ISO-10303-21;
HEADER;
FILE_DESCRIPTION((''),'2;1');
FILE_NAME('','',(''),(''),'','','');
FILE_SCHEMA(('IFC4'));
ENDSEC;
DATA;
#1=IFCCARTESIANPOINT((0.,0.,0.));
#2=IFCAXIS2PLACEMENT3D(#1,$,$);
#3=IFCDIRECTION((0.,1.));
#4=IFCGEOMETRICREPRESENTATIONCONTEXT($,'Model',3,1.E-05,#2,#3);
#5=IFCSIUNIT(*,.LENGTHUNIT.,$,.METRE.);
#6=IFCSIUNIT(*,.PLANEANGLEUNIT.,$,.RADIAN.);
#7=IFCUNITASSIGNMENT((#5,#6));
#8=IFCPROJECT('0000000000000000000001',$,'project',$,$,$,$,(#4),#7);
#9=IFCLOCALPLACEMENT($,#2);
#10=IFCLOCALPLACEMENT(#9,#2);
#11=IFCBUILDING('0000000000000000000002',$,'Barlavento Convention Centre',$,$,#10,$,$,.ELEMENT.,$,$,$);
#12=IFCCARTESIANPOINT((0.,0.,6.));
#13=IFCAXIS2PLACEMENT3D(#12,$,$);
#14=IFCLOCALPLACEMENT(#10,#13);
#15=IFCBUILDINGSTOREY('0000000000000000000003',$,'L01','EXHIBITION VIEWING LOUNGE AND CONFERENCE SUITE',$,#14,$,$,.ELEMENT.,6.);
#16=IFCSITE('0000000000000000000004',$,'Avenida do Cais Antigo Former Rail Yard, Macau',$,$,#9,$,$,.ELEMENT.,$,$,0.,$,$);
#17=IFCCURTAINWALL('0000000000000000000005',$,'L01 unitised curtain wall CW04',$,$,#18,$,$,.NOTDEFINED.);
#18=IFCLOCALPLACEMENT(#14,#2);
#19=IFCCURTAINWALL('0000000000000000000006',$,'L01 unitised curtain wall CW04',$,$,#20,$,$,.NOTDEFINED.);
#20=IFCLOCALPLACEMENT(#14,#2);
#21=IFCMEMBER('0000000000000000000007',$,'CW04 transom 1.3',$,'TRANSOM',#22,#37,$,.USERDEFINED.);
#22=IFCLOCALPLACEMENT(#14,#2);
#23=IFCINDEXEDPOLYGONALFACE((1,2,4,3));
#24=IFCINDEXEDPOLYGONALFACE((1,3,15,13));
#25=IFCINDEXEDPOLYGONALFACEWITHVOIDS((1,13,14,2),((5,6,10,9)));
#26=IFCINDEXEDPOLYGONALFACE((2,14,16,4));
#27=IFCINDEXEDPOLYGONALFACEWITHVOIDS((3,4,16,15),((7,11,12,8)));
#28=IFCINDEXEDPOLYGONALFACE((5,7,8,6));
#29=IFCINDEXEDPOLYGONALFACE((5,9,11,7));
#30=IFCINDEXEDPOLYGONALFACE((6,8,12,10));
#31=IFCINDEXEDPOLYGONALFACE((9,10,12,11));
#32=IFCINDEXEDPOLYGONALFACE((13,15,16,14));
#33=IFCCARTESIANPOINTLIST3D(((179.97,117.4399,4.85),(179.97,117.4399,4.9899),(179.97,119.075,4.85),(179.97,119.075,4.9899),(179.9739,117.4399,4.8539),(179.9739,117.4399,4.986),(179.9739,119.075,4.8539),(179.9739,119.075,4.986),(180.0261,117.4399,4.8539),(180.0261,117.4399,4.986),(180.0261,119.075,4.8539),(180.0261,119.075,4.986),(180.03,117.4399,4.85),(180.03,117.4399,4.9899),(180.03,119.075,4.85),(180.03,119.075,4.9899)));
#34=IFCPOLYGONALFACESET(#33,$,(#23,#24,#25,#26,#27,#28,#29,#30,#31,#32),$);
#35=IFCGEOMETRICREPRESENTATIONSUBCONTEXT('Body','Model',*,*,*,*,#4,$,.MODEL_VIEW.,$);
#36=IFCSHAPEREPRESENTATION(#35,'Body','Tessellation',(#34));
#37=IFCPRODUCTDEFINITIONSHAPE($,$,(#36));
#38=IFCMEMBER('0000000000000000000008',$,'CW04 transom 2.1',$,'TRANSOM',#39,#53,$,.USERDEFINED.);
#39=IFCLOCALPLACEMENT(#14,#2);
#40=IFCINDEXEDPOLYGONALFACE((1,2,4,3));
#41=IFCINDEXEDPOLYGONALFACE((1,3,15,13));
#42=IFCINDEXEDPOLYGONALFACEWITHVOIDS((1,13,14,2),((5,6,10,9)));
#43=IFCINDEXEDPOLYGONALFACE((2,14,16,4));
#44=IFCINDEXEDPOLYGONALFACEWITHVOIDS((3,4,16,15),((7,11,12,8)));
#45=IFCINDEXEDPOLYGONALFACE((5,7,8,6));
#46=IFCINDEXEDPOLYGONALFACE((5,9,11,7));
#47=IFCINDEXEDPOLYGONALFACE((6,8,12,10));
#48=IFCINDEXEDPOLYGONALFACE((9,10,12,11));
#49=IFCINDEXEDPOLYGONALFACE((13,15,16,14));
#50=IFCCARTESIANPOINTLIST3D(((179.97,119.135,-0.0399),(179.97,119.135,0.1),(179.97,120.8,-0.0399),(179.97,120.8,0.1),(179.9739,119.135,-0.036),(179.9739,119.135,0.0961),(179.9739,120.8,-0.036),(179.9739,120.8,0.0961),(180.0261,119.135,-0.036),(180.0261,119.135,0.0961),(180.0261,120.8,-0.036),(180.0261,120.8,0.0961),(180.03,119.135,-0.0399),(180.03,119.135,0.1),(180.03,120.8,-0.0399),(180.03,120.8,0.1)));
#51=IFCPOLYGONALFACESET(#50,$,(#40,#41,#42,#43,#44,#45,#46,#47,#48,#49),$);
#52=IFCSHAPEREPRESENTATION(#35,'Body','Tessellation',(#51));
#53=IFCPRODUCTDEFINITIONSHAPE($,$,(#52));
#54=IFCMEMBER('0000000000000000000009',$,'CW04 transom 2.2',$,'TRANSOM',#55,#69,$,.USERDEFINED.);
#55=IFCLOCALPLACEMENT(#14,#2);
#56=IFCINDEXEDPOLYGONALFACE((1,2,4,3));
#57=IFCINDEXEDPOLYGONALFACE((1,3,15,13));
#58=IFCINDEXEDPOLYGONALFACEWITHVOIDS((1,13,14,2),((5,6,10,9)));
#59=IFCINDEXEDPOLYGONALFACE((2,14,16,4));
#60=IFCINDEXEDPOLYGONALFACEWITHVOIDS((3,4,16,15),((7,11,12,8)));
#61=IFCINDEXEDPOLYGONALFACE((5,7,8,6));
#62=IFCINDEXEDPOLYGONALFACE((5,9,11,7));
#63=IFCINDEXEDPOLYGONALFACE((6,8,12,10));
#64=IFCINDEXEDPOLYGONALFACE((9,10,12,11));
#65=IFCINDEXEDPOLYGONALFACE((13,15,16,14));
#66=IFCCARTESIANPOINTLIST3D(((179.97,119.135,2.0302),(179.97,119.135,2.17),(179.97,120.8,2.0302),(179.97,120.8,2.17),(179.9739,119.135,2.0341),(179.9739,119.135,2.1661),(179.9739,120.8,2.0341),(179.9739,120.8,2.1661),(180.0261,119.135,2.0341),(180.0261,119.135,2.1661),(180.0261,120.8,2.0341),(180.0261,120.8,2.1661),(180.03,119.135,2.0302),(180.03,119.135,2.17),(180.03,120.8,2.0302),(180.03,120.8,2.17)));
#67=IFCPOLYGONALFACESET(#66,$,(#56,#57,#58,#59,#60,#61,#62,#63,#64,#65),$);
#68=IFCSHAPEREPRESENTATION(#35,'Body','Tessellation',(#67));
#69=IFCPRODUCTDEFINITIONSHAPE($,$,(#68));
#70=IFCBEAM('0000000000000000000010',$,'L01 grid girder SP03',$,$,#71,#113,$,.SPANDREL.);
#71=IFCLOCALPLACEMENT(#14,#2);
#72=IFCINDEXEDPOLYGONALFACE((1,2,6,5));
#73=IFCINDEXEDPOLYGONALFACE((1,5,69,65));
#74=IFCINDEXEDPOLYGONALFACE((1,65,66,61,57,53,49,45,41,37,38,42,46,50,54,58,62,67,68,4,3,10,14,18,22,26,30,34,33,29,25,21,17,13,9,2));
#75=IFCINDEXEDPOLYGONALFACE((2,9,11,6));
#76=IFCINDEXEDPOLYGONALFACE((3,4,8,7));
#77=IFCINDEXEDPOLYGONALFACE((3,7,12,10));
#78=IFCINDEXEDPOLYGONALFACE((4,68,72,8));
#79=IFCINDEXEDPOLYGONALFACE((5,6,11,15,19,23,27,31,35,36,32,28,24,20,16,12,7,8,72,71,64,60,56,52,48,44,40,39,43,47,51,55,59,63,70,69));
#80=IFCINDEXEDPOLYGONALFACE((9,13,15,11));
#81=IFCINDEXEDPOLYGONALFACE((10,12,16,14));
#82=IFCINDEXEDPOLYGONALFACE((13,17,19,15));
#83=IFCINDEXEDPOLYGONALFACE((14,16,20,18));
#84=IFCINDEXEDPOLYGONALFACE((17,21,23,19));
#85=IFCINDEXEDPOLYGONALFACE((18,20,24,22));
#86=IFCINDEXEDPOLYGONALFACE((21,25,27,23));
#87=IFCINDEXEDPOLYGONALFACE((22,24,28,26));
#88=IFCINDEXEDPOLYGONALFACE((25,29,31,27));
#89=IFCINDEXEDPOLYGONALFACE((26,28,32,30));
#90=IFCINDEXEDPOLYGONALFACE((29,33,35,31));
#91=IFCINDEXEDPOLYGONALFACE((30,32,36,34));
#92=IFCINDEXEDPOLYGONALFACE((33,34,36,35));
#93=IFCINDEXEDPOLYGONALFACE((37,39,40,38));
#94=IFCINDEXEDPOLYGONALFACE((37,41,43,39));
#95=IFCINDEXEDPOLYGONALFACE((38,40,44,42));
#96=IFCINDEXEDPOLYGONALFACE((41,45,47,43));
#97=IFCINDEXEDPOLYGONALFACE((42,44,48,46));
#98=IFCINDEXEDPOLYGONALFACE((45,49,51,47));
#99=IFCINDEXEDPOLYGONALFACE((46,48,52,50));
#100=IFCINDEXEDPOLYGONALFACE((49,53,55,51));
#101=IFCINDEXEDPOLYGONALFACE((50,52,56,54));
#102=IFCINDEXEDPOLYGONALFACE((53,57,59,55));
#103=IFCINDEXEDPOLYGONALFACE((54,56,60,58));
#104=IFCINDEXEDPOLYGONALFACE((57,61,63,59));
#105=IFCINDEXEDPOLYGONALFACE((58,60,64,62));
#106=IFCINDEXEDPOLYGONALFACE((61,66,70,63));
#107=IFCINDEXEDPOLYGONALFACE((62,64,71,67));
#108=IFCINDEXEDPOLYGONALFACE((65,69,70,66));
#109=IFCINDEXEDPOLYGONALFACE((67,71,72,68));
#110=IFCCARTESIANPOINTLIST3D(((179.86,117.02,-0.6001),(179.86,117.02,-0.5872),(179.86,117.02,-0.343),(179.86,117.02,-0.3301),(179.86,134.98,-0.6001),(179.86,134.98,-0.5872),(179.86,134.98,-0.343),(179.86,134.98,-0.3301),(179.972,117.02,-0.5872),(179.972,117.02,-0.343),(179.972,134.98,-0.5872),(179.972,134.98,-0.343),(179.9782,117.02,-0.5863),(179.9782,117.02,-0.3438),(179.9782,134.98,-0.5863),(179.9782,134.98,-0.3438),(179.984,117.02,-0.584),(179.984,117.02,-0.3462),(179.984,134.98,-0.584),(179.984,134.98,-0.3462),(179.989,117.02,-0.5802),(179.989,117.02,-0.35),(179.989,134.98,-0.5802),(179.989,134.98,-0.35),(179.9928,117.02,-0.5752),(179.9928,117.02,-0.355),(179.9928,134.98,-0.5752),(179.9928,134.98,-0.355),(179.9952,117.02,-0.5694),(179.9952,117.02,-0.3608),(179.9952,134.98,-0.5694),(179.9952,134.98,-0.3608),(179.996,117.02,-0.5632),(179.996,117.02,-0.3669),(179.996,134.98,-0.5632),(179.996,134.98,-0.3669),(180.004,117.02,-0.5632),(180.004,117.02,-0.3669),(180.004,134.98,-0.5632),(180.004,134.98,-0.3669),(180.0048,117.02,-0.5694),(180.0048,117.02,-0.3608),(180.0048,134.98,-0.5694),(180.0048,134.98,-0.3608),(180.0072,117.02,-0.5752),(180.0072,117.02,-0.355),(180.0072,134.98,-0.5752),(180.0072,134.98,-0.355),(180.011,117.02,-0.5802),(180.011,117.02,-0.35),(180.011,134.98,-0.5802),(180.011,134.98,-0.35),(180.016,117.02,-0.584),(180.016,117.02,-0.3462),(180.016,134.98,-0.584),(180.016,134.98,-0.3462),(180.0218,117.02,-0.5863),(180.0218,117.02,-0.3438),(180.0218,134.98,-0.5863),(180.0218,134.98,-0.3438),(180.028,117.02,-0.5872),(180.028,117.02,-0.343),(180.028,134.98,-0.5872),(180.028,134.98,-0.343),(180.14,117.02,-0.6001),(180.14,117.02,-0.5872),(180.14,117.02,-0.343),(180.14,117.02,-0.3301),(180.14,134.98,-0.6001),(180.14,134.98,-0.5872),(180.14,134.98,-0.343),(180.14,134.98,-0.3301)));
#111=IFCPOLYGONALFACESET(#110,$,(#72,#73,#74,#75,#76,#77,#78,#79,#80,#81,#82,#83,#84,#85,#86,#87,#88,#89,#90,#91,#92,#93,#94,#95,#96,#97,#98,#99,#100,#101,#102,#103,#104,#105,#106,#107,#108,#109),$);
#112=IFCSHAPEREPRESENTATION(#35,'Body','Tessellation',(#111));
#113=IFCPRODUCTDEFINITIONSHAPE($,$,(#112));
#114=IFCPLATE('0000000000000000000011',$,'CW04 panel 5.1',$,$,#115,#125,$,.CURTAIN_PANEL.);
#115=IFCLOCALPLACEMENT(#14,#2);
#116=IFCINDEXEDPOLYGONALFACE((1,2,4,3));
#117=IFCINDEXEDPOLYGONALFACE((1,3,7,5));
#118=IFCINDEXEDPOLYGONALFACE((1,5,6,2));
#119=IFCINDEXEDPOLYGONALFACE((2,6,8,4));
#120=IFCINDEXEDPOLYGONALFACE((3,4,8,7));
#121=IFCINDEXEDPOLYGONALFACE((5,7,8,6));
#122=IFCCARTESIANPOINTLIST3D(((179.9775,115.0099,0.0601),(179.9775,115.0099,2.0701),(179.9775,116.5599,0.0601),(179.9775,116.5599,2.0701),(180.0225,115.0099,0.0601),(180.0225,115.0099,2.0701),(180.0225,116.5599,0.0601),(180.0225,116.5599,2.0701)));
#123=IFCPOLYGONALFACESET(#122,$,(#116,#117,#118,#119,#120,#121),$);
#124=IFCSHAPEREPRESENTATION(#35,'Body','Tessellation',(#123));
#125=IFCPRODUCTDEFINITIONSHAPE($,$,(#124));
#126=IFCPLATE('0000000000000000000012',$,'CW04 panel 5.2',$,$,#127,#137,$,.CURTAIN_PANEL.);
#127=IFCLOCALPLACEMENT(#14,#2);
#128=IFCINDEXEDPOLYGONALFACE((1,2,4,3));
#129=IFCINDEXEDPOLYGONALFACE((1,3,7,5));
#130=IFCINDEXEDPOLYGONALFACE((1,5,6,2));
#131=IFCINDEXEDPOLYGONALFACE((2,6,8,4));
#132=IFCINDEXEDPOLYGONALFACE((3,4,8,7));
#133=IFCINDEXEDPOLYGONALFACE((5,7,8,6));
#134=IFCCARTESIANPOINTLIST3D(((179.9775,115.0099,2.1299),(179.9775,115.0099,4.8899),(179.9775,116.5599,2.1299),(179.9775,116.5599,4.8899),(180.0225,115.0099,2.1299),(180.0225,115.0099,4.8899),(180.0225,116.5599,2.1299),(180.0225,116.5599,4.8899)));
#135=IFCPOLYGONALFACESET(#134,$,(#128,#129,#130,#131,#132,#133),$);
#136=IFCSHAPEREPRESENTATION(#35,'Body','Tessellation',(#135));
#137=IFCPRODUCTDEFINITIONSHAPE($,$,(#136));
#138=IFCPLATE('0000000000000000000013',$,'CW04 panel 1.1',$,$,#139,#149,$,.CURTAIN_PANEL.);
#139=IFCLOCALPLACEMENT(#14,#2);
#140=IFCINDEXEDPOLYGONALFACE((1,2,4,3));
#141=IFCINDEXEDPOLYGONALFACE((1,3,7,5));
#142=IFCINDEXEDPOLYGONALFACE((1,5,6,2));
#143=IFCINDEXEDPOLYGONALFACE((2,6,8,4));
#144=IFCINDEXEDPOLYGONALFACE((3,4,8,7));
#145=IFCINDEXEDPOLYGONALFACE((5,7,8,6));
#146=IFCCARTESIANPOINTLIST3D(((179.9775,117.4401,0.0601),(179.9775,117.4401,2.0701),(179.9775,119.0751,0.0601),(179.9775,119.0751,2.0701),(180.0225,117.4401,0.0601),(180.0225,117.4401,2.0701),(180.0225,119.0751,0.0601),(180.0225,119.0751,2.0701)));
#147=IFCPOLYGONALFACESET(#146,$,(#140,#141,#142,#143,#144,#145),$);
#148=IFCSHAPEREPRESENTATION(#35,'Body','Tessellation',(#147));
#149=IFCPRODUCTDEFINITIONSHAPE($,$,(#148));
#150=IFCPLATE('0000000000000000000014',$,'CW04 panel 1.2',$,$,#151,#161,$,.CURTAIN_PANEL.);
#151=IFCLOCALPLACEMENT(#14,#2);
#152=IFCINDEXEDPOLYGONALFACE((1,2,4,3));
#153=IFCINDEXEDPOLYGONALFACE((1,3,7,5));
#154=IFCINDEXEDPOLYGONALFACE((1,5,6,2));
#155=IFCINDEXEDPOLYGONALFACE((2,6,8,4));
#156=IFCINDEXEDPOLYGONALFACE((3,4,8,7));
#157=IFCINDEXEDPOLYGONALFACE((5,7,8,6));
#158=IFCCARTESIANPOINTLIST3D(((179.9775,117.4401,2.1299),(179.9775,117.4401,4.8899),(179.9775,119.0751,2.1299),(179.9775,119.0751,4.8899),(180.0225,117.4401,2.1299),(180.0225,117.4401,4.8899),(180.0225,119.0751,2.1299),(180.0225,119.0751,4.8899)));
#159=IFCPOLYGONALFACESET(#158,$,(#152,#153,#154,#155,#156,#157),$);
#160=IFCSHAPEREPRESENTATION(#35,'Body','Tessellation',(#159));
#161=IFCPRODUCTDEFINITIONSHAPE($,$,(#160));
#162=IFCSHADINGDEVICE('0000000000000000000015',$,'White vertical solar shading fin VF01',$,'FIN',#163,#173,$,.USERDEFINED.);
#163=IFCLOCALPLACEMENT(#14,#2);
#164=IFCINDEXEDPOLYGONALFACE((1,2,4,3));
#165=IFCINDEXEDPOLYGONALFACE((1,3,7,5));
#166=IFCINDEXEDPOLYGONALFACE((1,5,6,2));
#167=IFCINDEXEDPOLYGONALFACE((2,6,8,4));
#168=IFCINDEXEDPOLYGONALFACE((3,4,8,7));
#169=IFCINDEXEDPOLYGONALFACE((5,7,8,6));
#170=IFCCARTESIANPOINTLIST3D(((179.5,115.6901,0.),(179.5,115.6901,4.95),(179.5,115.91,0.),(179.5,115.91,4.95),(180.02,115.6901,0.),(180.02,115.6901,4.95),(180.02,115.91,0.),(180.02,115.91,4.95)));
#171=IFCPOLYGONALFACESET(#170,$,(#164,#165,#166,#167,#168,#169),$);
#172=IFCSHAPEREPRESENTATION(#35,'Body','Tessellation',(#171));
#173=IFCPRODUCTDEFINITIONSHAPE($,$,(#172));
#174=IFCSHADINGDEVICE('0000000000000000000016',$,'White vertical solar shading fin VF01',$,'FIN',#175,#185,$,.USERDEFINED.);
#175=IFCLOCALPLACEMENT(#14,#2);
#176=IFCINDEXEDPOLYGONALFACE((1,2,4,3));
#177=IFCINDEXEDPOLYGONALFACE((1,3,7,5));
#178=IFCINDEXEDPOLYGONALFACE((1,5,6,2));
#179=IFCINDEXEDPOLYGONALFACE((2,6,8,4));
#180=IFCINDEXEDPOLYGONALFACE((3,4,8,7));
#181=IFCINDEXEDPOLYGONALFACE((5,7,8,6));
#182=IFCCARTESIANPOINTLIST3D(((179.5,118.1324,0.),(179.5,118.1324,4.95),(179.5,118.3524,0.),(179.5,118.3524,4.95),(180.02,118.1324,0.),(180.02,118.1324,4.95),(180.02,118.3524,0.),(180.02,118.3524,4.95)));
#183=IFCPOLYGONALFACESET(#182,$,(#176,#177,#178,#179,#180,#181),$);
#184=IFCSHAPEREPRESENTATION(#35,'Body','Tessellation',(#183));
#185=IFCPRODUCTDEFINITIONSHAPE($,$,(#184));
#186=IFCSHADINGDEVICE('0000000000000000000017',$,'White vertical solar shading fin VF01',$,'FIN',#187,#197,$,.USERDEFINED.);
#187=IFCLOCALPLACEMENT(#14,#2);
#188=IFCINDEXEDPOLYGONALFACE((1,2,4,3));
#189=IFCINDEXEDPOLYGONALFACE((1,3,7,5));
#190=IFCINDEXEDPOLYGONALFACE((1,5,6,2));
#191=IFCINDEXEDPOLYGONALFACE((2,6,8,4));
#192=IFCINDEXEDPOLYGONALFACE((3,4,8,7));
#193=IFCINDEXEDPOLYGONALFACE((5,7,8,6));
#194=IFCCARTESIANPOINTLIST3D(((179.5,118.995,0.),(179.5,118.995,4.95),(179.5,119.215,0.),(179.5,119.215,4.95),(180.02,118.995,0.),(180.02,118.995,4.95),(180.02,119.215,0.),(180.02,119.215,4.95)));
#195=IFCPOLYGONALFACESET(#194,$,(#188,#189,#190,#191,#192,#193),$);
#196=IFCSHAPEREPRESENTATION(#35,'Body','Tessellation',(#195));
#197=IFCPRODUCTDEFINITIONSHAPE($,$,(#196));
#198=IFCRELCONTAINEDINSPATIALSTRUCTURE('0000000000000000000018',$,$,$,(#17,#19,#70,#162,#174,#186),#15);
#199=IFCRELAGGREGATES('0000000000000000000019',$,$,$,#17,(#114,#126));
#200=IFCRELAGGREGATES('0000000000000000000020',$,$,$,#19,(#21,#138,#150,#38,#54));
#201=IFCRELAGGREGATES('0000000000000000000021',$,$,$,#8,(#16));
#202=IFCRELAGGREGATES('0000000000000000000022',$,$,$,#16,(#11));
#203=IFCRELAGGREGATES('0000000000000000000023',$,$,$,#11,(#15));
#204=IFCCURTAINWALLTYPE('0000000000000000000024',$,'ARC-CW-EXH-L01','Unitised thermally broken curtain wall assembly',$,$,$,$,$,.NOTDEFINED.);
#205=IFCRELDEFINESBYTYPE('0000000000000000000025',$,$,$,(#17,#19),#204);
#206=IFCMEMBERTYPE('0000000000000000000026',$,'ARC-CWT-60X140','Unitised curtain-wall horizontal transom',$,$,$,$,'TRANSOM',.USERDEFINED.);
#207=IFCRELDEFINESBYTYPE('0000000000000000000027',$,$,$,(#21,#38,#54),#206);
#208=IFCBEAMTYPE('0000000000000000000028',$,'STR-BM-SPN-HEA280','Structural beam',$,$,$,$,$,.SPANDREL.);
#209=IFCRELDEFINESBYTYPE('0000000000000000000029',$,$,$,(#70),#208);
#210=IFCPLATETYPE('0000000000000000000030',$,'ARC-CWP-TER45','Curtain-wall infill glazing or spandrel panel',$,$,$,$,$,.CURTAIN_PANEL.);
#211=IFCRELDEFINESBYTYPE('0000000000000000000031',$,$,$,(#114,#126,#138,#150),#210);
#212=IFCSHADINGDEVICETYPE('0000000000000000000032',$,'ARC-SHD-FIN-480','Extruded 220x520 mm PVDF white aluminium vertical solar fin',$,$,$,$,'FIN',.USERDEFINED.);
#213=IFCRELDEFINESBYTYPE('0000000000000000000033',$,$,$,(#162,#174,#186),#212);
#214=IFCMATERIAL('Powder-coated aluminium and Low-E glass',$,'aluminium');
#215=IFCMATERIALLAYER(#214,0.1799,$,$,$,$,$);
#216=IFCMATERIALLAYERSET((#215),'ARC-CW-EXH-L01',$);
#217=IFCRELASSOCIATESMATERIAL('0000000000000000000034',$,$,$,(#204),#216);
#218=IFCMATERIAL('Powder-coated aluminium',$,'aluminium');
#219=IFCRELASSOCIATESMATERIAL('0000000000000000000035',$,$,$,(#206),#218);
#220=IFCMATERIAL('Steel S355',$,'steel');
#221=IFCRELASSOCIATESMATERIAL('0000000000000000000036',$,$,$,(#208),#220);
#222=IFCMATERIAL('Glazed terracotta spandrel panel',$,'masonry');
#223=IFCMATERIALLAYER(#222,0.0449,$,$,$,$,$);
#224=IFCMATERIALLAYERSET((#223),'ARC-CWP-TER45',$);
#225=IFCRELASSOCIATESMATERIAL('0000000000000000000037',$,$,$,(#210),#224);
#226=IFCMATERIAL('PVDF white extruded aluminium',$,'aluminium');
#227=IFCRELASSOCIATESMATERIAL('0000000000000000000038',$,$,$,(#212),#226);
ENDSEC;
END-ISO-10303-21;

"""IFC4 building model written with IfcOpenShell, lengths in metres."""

from ifc_helpers import new_model, si_unit, direction, frame, origin, origin_2d, place, context, subcontext, project, spatial, rectangle, hollow_rectangle, i_section, extrude, material, layer, layer_set, material_profile, profile_set, type_object, element, aggregate, save


model = new_model("IFC4")

# Units and contexts
model_context = context("Model", 3, precision=1e-05, world=origin(), true_north=direction((0.0, 1.0)))
body_context = subcontext(model_context, "Body", "Model", "MODEL_VIEW")
ifc_project = project(units=[si_unit("LENGTHUNIT", "METRE"), si_unit("PLANEANGLEUNIT", "RADIAN")], contexts=[model_context])

# Site, building, storey
site_placement = place(None, origin())
site = spatial("IfcSite", under=ifc_project, at=site_placement, Name="Avenida do Cais Antigo Former Rail Yard, Macau", CompositionType="ELEMENT", RefElevation=0.0)
building_placement = place(site_placement, origin())
building = spatial("IfcBuilding", under=site, at=building_placement, Name="Barlavento Convention Centre", CompositionType="ELEMENT")
storey_placement = place(building_placement, frame((0.0, 0.0, 6.0)))
storey = spatial("IfcBuildingStorey", under=building, at=storey_placement, Name="L01", Description="EXHIBITION VIEWING LOUNGE AND CONFERENCE SUITE", CompositionType="ELEMENT", Elevation=6.0)

# Shared definitions
ifc_material_1 = material(Name="Steel S355", Category="steel")

# Curtain wall
ifc_material_2 = material(Name="Powder-coated aluminium and Low-E glass", Category="aluminium")
ifc_layer_1 = layer(ifc_material_2, 0.1799)
ifc_layer_set_1 = layer_set([ifc_layer_1], Name="ARC-CW-EXH-L01")
curtain_wall_type = type_object("IfcCurtainWallType", Name="ARC-CW-EXH-L01", Description="Unitised thermally broken curtain wall assembly", PredefinedType="NOTDEFINED", material=ifc_layer_set_1)
curtain_wall_1_placement = place(storey_placement, origin())
curtain_wall_1 = element("IfcCurtainWall", 1, at=curtain_wall_1_placement, inside=storey, type_object=curtain_wall_type, Name="L01 unitised curtain wall CW04", PredefinedType="NOTDEFINED")
ifc_material_3 = material(Name="Powder-coated aluminium", Category="aluminium")

# Curtain wall
curtain_wall_2_placement = place(storey_placement, origin())
curtain_wall_2 = element("IfcCurtainWall", 2, at=curtain_wall_2_placement, inside=storey, type_object=curtain_wall_type, Name="L01 unitised curtain wall CW04", PredefinedType="NOTDEFINED")

# Members
ifc_material_profile_1 = material_profile(ifc_material_3, hollow_rectangle(XDim=0.0601, YDim=0.1399, WallThickness=0.0039, at=origin_2d()), Name="AL-TRAN 60x140x4")
ifc_profile_set_1 = profile_set([ifc_material_profile_1], Name="Powder-coated aluminium")
member_type_1 = type_object("IfcMemberType", Name="ARC-CWT-60X140", Description="Unitised curtain-wall horizontal transom", ElementType="TRANSOM", PredefinedType="USERDEFINED", material=ifc_profile_set_1)
member_1_placement = place(storey_placement, frame((180.0, 117.4399, 4.9199), z_axis=(0.0, 1.0, 0.0), x_axis=(-1.0, 0.0, 0.0)))
member_1 = element("IfcMember", 3, at=member_1_placement, type_object=member_type_1, Name="CW04 transom 1.3", ObjectType="TRANSOM", PredefinedType="USERDEFINED", context=body_context, shape_type="SweptSolid", body=[
    extrude(hollow_rectangle(XDim=0.0601, YDim=0.1399, WallThickness=0.0039, at=origin_2d()), origin(), (0.0, 0.0, 1.0), 1.635),
])
member_2_placement = place(storey_placement, frame((180.0, 119.135, 0.03), z_axis=(0.0, 1.0, 0.0), x_axis=(-1.0, 0.0, 0.0)))
member_2 = element("IfcMember", 4, at=member_2_placement, type_object=member_type_1, Name="CW04 transom 2.1", ObjectType="TRANSOM", PredefinedType="USERDEFINED", context=body_context, shape_type="SweptSolid", body=[
    extrude(hollow_rectangle(XDim=0.0601, YDim=0.1399, WallThickness=0.0039, at=origin_2d()), origin(), (0.0, 0.0, 1.0), 1.665),
])
member_3_placement = place(storey_placement, frame((180.0, 119.135, 2.1001), z_axis=(0.0, 1.0, 0.0), x_axis=(-1.0, 0.0, 0.0)))
member_3 = element("IfcMember", 5, at=member_3_placement, type_object=member_type_1, Name="CW04 transom 2.2", ObjectType="TRANSOM", PredefinedType="USERDEFINED", context=body_context, shape_type="SweptSolid", body=[
    extrude(hollow_rectangle(XDim=0.0601, YDim=0.1399, WallThickness=0.0039, at=origin_2d()), origin(), (0.0, 0.0, 1.0), 1.665),
])

# Beam
ifc_material_profile_2 = material_profile(ifc_material_1, i_section(OverallWidth=0.28, OverallDepth=0.27, WebThickness=0.0081, FlangeThickness=0.0129, FilletRadius=0.0239, at=origin_2d()), Name="HEA 280")
ifc_profile_set_2 = profile_set([ifc_material_profile_2], Name="Steel S355")
beam_type = type_object("IfcBeamType", Name="STR-BM-SPN-HEA280", Description="Structural beam", PredefinedType="SPANDREL", material=ifc_profile_set_2)
beam_placement = place(storey_placement, frame((180.0, 117.02, -0.4651), z_axis=(0.0, 1.0, 0.0), x_axis=(-1.0, 0.0, 0.0)))
element("IfcBeam", 6, at=beam_placement, inside=storey, type_object=beam_type, Name="L01 grid girder SP03", PredefinedType="SPANDREL", context=body_context, shape_type="SweptSolid", body=[
    extrude(i_section(OverallWidth=0.28, OverallDepth=0.27, WebThickness=0.0081, FlangeThickness=0.0129, FilletRadius=0.0239, at=origin_2d()), origin(), (0.0, 0.0, 1.0), 17.96),
])

# Plates
ifc_material_4 = material(Name="Glazed terracotta spandrel panel", Category="masonry")
ifc_layer_2 = layer(ifc_material_4, 0.0449)
ifc_layer_set_2 = layer_set([ifc_layer_2], Name="ARC-CWP-TER45")
plate_type = type_object("IfcPlateType", Name="ARC-CWP-TER45", Description="Curtain-wall infill glazing or spandrel panel", PredefinedType="CURTAIN_PANEL", material=ifc_layer_set_2)
plate_1_placement = place(storey_placement, frame((180.0, 115.7849, 0.0601), z_axis=(0.0, 0.0, 1.0), x_axis=(0.0, 1.0, 0.0)))
plate_1 = element("IfcPlate", 7, at=plate_1_placement, type_object=plate_type, Name="CW04 panel 5.1", PredefinedType="CURTAIN_PANEL", context=body_context, shape_type="SweptSolid", body=[
    extrude(rectangle(XDim=1.55, YDim=0.0449, at=origin_2d()), origin(), (0.0, 0.0, 1.0), 2.01),
])
plate_2_placement = place(storey_placement, frame((180.0, 115.7849, 2.1299), z_axis=(0.0, 0.0, 1.0), x_axis=(0.0, 1.0, 0.0)))
plate_2 = element("IfcPlate", 8, at=plate_2_placement, type_object=plate_type, Name="CW04 panel 5.2", PredefinedType="CURTAIN_PANEL", context=body_context, shape_type="SweptSolid", body=[
    extrude(rectangle(XDim=1.55, YDim=0.0449, at=origin_2d()), origin(), (0.0, 0.0, 1.0), 2.76),
])
aggregate(curtain_wall_1, [plate_1, plate_2])
plate_3_placement = place(storey_placement, frame((180.0, 118.2576, 0.0601), z_axis=(0.0, 0.0, 1.0), x_axis=(0.0, 1.0, 0.0)))
plate_3 = element("IfcPlate", 9, at=plate_3_placement, type_object=plate_type, Name="CW04 panel 1.1", PredefinedType="CURTAIN_PANEL", context=body_context, shape_type="SweptSolid", body=[
    extrude(rectangle(XDim=1.635, YDim=0.0449, at=origin_2d()), origin(), (0.0, 0.0, 1.0), 2.01),
])
plate_4_placement = place(storey_placement, frame((180.0, 118.2576, 2.1299), z_axis=(0.0, 0.0, 1.0), x_axis=(0.0, 1.0, 0.0)))
plate_4 = element("IfcPlate", 10, at=plate_4_placement, type_object=plate_type, Name="CW04 panel 1.2", PredefinedType="CURTAIN_PANEL", context=body_context, shape_type="SweptSolid", body=[
    extrude(rectangle(XDim=1.635, YDim=0.0449, at=origin_2d()), origin(), (0.0, 0.0, 1.0), 2.76),
])
aggregate(curtain_wall_2, [member_1, plate_3, plate_4, member_2, member_3])

# Shading devices
ifc_material_5 = material(Name="PVDF white extruded aluminium", Category="aluminium")
shading_device_type = type_object("IfcShadingDeviceType", Name="ARC-SHD-FIN-480", Description="Extruded 220x520 mm PVDF white aluminium vertical solar fin", ElementType="FIN", PredefinedType="USERDEFINED", material=ifc_material_5)
for number, where, z_axis, x_axis, name in (
    (11, (179.76, 115.8, 0.0), (0.0, 0.0, 1.0), (0.0, 1.0, 0.0), "White vertical solar shading fin VF01"),
    (12, (179.76, 118.2424, 0.0), (0.0, 0.0, 1.0), (0.0, 1.0, 0.0), "White vertical solar shading fin VF01"),
    (13, (179.76, 119.105, 0.0), (0.0, 0.0, 1.0), (0.0, 1.0, 0.0), "White vertical solar shading fin VF01"),
):
    element("IfcShadingDevice", number, at=place(storey_placement, frame(where, z_axis=z_axis, x_axis=x_axis)), inside=storey, type_object=shading_device_type, Name=name, ObjectType="FIN", PredefinedType="USERDEFINED", context=body_context, shape_type="SweptSolid", body=[
        extrude(rectangle(XDim=0.22, YDim=0.52, at=origin_2d()), origin(), (0.0, 0.0, 1.0), 4.95),
    ])

save(model, "model.ifc")
